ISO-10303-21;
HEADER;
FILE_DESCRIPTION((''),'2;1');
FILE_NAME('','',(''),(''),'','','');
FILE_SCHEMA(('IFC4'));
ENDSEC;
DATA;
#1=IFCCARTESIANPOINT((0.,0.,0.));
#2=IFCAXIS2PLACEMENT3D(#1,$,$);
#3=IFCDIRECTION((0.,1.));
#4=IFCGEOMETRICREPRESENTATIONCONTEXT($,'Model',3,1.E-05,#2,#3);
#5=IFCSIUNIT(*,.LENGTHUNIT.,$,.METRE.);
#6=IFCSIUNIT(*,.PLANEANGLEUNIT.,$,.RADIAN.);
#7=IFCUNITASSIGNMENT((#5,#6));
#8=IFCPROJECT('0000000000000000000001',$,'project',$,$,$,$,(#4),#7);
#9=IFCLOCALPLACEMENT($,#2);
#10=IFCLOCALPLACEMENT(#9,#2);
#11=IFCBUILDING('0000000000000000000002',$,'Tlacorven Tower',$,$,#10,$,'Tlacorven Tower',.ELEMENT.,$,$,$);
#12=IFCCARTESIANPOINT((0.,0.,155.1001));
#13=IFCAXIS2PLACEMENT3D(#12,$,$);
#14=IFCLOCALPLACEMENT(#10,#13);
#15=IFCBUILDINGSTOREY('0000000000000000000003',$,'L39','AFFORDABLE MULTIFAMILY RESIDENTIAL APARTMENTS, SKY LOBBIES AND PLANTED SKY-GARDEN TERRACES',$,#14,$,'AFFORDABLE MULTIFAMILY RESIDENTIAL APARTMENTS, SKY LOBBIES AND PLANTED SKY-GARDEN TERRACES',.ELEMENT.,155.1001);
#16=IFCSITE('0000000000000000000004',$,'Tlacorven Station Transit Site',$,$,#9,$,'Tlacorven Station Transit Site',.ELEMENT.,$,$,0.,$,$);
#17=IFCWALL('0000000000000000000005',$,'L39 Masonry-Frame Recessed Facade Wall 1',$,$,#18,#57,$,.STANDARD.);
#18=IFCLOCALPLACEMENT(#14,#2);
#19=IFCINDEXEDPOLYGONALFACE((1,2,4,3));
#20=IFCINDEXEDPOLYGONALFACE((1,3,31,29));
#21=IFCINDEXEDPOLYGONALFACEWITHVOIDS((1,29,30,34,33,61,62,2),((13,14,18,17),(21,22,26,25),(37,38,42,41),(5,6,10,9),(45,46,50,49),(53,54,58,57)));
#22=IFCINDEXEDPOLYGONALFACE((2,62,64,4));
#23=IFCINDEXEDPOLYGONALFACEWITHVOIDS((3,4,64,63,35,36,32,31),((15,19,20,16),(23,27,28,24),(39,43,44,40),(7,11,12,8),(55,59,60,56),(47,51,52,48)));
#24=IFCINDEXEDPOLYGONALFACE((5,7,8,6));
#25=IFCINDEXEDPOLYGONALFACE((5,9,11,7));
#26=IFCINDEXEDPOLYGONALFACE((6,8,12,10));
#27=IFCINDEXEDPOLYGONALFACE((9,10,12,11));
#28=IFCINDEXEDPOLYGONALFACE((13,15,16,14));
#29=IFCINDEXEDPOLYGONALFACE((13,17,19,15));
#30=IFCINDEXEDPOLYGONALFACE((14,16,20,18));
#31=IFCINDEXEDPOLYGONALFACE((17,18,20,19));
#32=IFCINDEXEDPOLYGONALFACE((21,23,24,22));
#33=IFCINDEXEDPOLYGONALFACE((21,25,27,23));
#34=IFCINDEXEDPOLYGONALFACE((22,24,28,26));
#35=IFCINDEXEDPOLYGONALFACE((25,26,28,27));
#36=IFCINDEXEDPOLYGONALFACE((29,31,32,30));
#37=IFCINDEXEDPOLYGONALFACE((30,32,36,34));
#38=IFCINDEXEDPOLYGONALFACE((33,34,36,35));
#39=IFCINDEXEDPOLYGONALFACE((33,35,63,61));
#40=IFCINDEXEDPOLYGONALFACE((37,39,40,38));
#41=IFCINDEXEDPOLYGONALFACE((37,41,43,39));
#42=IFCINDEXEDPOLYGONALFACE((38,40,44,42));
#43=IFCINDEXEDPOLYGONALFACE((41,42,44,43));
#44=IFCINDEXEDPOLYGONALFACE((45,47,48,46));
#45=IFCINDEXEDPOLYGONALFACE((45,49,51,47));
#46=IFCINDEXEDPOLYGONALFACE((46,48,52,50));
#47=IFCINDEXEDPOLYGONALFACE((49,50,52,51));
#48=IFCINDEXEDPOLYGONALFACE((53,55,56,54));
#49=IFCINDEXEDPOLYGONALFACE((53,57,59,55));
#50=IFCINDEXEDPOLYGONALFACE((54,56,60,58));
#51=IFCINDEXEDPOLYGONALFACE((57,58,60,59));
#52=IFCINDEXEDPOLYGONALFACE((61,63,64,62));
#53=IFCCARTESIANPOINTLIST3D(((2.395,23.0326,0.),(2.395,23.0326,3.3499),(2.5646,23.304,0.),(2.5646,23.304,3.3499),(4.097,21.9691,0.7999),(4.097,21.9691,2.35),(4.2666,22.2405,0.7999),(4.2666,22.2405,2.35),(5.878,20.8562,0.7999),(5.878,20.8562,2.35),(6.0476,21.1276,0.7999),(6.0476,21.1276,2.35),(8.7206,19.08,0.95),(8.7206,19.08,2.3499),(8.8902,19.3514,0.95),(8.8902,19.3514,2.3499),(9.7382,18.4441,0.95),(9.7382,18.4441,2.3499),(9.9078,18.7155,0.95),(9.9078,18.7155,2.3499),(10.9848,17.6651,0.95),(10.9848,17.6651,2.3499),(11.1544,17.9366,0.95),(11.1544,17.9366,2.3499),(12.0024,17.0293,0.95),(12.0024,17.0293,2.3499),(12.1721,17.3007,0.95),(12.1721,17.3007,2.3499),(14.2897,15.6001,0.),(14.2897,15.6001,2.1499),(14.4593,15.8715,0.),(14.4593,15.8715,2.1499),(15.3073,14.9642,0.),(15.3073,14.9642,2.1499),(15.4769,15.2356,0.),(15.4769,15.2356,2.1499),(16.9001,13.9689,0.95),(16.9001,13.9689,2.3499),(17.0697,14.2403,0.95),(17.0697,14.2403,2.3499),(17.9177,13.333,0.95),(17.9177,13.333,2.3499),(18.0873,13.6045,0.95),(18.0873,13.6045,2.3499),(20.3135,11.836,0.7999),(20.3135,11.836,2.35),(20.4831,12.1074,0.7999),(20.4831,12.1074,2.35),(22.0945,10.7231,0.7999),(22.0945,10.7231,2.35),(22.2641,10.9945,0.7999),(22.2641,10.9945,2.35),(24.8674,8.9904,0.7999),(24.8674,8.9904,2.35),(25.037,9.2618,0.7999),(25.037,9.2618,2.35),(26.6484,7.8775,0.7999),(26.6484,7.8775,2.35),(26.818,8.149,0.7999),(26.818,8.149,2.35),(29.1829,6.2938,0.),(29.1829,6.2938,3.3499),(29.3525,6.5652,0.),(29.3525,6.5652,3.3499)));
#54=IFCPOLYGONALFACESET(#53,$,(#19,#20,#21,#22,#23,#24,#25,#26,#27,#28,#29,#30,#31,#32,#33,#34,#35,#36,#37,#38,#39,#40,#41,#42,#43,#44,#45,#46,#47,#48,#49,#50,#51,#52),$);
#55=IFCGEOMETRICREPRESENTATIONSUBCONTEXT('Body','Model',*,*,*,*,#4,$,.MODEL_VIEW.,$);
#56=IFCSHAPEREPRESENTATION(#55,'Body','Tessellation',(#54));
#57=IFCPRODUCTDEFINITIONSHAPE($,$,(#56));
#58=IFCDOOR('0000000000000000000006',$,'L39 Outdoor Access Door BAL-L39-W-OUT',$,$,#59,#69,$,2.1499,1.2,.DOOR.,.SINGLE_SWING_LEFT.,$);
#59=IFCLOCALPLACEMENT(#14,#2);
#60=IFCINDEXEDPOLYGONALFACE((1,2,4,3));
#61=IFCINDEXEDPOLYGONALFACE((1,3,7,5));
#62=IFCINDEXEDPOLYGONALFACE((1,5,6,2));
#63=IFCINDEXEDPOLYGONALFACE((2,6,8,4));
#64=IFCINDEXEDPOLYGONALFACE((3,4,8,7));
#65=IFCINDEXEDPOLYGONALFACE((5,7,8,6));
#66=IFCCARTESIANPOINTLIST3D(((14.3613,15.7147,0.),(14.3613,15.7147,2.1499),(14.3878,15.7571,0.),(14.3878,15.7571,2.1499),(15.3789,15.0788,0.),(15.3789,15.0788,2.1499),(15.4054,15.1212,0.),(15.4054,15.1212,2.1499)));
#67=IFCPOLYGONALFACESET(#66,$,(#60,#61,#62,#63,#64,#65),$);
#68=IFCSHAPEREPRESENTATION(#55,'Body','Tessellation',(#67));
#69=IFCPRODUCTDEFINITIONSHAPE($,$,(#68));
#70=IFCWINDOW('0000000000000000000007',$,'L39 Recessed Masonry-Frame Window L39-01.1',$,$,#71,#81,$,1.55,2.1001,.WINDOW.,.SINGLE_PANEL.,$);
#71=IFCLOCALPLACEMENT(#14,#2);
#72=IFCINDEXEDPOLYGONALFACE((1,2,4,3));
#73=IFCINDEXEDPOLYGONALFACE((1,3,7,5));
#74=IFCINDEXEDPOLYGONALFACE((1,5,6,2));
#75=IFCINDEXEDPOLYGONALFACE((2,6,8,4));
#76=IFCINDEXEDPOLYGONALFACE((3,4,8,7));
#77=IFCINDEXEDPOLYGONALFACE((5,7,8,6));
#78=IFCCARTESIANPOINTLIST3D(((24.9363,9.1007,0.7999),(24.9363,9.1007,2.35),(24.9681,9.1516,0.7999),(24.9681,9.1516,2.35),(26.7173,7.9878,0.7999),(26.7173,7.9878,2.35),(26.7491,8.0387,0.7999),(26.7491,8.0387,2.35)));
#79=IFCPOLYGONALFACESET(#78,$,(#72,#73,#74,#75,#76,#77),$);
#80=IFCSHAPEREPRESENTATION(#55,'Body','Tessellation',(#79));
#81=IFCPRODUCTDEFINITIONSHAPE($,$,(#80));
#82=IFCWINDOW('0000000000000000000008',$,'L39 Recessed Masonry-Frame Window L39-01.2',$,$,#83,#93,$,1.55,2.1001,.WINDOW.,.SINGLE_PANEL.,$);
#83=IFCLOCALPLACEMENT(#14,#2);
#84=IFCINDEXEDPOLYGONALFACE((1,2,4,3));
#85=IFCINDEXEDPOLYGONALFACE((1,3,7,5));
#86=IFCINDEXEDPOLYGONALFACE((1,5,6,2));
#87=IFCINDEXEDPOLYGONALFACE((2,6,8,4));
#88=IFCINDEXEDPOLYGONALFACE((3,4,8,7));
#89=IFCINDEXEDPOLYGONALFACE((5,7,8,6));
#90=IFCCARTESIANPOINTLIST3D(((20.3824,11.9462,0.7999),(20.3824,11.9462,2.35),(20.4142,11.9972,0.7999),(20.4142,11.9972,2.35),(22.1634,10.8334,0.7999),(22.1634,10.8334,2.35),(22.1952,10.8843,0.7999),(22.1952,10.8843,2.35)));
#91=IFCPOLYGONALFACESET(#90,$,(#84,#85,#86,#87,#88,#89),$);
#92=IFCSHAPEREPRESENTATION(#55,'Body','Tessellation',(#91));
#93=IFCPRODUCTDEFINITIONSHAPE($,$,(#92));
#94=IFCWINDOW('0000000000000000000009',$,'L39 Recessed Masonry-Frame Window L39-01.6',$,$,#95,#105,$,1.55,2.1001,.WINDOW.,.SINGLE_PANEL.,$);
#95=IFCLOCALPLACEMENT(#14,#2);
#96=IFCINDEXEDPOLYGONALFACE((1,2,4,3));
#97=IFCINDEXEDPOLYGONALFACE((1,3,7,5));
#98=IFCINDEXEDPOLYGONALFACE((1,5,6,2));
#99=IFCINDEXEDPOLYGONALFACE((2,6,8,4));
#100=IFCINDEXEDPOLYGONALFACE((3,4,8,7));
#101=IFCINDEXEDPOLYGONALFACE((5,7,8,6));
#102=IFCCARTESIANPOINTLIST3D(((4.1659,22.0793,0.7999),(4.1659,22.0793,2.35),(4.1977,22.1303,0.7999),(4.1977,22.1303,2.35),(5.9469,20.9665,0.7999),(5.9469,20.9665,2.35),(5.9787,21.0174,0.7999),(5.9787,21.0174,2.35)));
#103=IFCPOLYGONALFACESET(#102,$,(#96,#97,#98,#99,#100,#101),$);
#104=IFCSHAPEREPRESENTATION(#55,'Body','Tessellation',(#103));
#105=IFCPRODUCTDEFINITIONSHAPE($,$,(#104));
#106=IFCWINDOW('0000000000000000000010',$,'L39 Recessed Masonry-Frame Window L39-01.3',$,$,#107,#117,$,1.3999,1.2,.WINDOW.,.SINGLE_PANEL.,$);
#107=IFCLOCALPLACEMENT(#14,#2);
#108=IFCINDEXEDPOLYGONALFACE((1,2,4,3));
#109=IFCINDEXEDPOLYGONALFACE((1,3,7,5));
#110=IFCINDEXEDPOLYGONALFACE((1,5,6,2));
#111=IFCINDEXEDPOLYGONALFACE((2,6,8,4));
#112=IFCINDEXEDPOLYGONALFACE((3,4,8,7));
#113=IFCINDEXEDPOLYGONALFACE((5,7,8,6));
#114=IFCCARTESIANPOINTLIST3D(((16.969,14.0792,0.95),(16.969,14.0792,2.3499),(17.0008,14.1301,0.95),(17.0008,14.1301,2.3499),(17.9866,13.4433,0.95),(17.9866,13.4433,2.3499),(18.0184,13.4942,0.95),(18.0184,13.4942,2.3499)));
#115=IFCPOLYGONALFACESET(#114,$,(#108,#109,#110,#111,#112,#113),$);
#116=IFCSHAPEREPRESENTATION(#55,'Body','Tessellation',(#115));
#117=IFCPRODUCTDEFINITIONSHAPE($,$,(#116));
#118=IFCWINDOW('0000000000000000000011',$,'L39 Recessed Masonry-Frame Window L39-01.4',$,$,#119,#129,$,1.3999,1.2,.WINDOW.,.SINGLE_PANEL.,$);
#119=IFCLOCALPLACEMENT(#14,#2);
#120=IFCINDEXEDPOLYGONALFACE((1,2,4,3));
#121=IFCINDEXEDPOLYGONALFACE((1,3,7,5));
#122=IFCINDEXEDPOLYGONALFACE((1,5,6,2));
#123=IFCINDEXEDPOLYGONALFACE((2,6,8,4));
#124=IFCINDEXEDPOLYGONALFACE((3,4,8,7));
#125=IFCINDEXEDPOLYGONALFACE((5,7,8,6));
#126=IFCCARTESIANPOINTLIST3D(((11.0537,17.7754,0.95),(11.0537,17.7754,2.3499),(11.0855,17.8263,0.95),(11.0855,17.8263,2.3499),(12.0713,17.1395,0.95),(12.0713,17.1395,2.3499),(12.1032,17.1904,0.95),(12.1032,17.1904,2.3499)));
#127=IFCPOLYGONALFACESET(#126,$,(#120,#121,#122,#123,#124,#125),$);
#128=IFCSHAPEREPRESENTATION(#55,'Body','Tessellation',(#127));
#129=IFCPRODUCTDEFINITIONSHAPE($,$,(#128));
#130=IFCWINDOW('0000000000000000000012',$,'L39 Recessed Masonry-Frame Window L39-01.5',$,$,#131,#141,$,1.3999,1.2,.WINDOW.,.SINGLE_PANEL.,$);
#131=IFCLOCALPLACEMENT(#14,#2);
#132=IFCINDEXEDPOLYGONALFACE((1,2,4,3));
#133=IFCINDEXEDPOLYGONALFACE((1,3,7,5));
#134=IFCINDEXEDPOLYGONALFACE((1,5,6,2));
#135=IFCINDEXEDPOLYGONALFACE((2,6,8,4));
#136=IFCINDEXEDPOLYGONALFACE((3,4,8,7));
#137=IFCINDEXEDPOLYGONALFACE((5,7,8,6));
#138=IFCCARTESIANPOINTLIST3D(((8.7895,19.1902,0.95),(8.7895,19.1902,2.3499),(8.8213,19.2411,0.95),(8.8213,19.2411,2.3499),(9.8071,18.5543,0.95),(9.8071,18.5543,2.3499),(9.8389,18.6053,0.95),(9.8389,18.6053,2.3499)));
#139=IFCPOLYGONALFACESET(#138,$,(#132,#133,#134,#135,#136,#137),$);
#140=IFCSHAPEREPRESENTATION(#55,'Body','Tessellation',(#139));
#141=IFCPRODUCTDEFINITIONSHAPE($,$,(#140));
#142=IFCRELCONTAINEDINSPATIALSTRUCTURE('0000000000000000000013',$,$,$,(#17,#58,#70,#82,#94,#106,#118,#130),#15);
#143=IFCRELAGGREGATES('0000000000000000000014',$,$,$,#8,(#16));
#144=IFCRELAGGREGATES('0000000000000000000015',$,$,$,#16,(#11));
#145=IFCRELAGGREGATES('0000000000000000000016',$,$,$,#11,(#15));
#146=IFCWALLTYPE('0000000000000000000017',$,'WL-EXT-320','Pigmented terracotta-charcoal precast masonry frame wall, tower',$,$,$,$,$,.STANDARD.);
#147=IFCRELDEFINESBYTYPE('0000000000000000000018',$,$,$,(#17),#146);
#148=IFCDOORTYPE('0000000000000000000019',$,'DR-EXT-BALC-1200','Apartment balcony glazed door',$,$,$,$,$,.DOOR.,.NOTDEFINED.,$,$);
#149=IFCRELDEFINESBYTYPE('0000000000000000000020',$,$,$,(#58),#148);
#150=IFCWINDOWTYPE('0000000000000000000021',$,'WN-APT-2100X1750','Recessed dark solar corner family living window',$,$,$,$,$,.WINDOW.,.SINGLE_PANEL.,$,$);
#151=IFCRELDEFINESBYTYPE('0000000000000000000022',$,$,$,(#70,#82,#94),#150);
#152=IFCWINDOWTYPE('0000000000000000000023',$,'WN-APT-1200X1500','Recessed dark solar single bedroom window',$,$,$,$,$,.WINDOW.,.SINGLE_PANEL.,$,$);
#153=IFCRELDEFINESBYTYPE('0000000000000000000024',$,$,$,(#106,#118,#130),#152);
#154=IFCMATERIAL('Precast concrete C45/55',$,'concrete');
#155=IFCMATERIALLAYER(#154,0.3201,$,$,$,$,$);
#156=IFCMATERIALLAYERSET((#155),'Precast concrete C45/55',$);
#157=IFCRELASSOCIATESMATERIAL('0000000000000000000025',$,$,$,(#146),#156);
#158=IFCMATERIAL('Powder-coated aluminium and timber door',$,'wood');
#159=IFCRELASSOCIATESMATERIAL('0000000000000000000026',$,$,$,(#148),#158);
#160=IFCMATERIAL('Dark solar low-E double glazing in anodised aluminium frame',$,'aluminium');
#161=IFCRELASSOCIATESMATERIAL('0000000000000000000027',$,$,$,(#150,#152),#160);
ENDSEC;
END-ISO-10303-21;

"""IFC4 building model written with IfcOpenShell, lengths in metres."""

from ifc_helpers import new_model, si_unit, direction, frame, frame_2d, origin, place, context, subcontext, project, spatial, rectangle, extrude, source, transform, mapped, material, layer, layer_set, type_object, element, fill, save


model = new_model("IFC4")

# Units and contexts
model_context = context("Model", 3, precision=1e-05, world=origin(), true_north=direction((0.0, 1.0)))
body_context = subcontext(model_context, "Body", "Model", "MODEL_VIEW")
ifc_project = project(units=[si_unit("LENGTHUNIT", "METRE"), si_unit("PLANEANGLEUNIT", "RADIAN")], contexts=[model_context])

# Site, building, storey
site_placement = place(None, origin())
site = spatial("IfcSite", under=ifc_project, at=site_placement, Name="Tlacorven Station Transit Site", LongName="Tlacorven Station Transit Site", CompositionType="ELEMENT", RefElevation=0.0)
building_placement = place(site_placement, origin())
building = spatial("IfcBuilding", under=site, at=building_placement, Name="Tlacorven Tower", LongName="Tlacorven Tower", CompositionType="ELEMENT")
storey_placement = place(building_placement, frame((0.0, 0.0, 155.1001)))
storey = spatial("IfcBuildingStorey", under=building, at=storey_placement, Name="L39", Description="AFFORDABLE MULTIFAMILY RESIDENTIAL APARTMENTS, SKY LOBBIES AND PLANTED SKY-GARDEN TERRACES", LongName="AFFORDABLE MULTIFAMILY RESIDENTIAL APARTMENTS, SKY LOBBIES AND PLANTED SKY-GARDEN TERRACES", CompositionType="ELEMENT", Elevation=155.1001)

# Wall, openings, door, windows
ifc_material_1 = material(Name="Precast concrete C45/55", Category="concrete")
ifc_layer_1 = layer(ifc_material_1, 0.3201)
ifc_layer_set_1 = layer_set([ifc_layer_1], Name="Precast concrete C45/55")
wall_type_1 = type_object("IfcWallType", Name="WL-EXT-320", Description="Pigmented terracotta-charcoal precast masonry frame wall, tower", PredefinedType="STANDARD", material=ifc_layer_set_1)
wall_1_placement = place(storey_placement, frame((29.2678, 6.4294, 0.0), z_axis=(0.0, 0.0, 1.0), x_axis=(-0.84805, 0.529916, 0.0)))
wall_1 = element("IfcWall", 1, at=wall_1_placement, inside=storey, type_object=wall_type_1, Name="L39 Masonry-Frame Recessed Facade Wall 1", PredefinedType="STANDARD", context=body_context, shape_type="SweptSolid", body=[
    extrude(rectangle(XDim=31.5876, YDim=0.3201, at=frame_2d((15.7939, 0.0))), origin(), (0.0, 0.0, 1.0), 3.3499),
])
opening_1_placement = place(wall_1_placement, frame((16.3618, 0.0, 0.0)))
opening_1 = element("IfcOpeningElement", 2, at=opening_1_placement, cuts=wall_1, PredefinedType="OPENING", context=body_context, shape_type="SweptSolid", body=[
    extrude(rectangle(XDim=1.2, YDim=2.1499, at=frame_2d((0.6001, 1.075))), frame((0.0, 0.1699, 0.0), z_axis=(0.0, -1.0, 0.0), x_axis=(1.0, 0.0, 0.0)), (0.0, 0.0, 1.0), 0.3401),
])
opening_2_placement = place(wall_1_placement, frame((2.9888, 0.0, 0.8)))
opening_2 = element("IfcOpeningElement", 3, at=opening_2_placement, cuts=wall_1, PredefinedType="OPENING", context=body_context, shape_type="SweptSolid", body=[
    extrude(rectangle(XDim=2.1001, YDim=1.55, at=frame_2d((1.05, 0.7749))), frame((0.0, 0.1699, 0.0), z_axis=(0.0, -1.0, 0.0), x_axis=(1.0, 0.0, 0.0)), (0.0, 0.0, 1.0), 0.3401),
])
opening_3_placement = place(wall_1_placement, frame((8.3586, 0.0, 0.8)))
opening_3 = element("IfcOpeningElement", 4, at=opening_3_placement, cuts=wall_1, PredefinedType="OPENING", context=body_context, shape_type="SweptSolid", body=[
    extrude(rectangle(XDim=2.1001, YDim=1.55, at=frame_2d((1.05, 0.7749))), frame((0.0, 0.1699, 0.0), z_axis=(0.0, -1.0, 0.0), x_axis=(1.0, 0.0, 0.0)), (0.0, 0.0, 1.0), 0.3401),
])
opening_4_placement = place(wall_1_placement, frame((13.2837, 0.0, 0.95)))
opening_4 = element("IfcOpeningElement", 5, at=opening_4_placement, cuts=wall_1, PredefinedType="OPENING", context=body_context, shape_type="SweptSolid", body=[
    extrude(rectangle(XDim=1.2, YDim=1.3999, at=frame_2d((0.6001, 0.7))), frame((0.0, 0.1699, 0.0), z_axis=(0.0, -1.0, 0.0), x_axis=(1.0, 0.0, 0.0)), (0.0, 0.0, 1.0), 0.3401),
])
opening_5_placement = place(wall_1_placement, frame((20.2588, 0.0, 0.95)))
opening_5 = element("IfcOpeningElement", 6, at=opening_5_placement, cuts=wall_1, PredefinedType="OPENING", context=body_context, shape_type="SweptSolid", body=[
    extrude(rectangle(XDim=1.2, YDim=1.3999, at=frame_2d((0.6001, 0.7))), frame((0.0, 0.1699, 0.0), z_axis=(0.0, -1.0, 0.0), x_axis=(1.0, 0.0, 0.0)), (0.0, 0.0, 1.0), 0.3401),
])
opening_6_placement = place(wall_1_placement, frame((22.9287, 0.0, 0.95)))
opening_6 = element("IfcOpeningElement", 7, at=opening_6_placement, cuts=wall_1, PredefinedType="OPENING", context=body_context, shape_type="SweptSolid", body=[
    extrude(rectangle(XDim=1.2, YDim=1.3999, at=frame_2d((0.6001, 0.7))), frame((0.0, 0.1699, 0.0), z_axis=(0.0, -1.0, 0.0), x_axis=(1.0, 0.0, 0.0)), (0.0, 0.0, 1.0), 0.3401),
])
opening_7_placement = place(wall_1_placement, frame((27.4807, 0.0, 0.8)))
opening_7 = element("IfcOpeningElement", 8, at=opening_7_placement, cuts=wall_1, PredefinedType="OPENING", context=body_context, shape_type="SweptSolid", body=[
    extrude(rectangle(XDim=2.1001, YDim=1.55, at=frame_2d((1.05, 0.7749))), frame((0.0, 0.1699, 0.0), z_axis=(0.0, -1.0, 0.0), x_axis=(1.0, 0.0, 0.0)), (0.0, 0.0, 1.0), 0.3401),
])
ifc_material_2 = material(Name="Powder-coated aluminium and timber door", Category="wood")
door_type_1 = type_object("IfcDoorType", Name="DR-EXT-BALC-1200", Description="Apartment balcony glazed door", OperationType="NOTDEFINED", PredefinedType="DOOR", material=ifc_material_2)
shared_shape_1 = source(origin(), body_context, "Body", "SweptSolid", [
    extrude(rectangle(XDim=1.2, YDim=2.1499, at=frame_2d((0.6001, 1.075))), frame((0.0, 0.0249, 0.0), z_axis=(0.0, -1.0, 0.0), x_axis=(1.0, 0.0, 0.0)), (0.0, 0.0, 1.0), 0.05),
])
door_1_placement = place(opening_1_placement, origin())
door_1 = element("IfcDoor", 9, at=door_1_placement, inside=storey, type_object=door_type_1, Name="L39 Outdoor Access Door BAL-L39-W-OUT", OperationType="SINGLE_SWING_LEFT", OverallHeight=2.1499, OverallWidth=1.2, PredefinedType="DOOR", context=body_context, shape_type="MappedRepresentation", body=[
    mapped(shared_shape_1, transform((0.0, 0.0, 0.0), scale=1.0)),
])
fill(opening_1, door_1)
ifc_material_3 = material(Name="Dark solar low-E double glazing in anodised aluminium frame", Category="aluminium")
window_type_1 = type_object("IfcWindowType", Name="WN-APT-2100X1750", Description="Recessed dark solar corner family living window", PartitioningType="SINGLE_PANEL", PredefinedType="WINDOW", material=ifc_material_3)
shared_shape_2 = source(origin(), body_context, "Body", "SweptSolid", [
    extrude(rectangle(XDim=2.1001, YDim=1.55, at=frame_2d((1.05, 0.7749))), frame((0.0, 0.03, 0.0), z_axis=(0.0, -1.0, 0.0), x_axis=(1.0, 0.0, 0.0)), (0.0, 0.0, 1.0), 0.0601),
])
window_1_placement = place(opening_2_placement, origin())
window_1 = element("IfcWindow", 10, at=window_1_placement, inside=storey, type_object=window_type_1, Name="L39 Recessed Masonry-Frame Window L39-01.1", OverallHeight=1.55, OverallWidth=2.1001, PartitioningType="SINGLE_PANEL", PredefinedType="WINDOW", context=body_context, shape_type="MappedRepresentation", body=[
    mapped(shared_shape_2, transform((0.0, 0.0, 0.0), scale=1.0)),
])
fill(opening_2, window_1)
window_2_placement = place(opening_3_placement, origin())
window_2 = element("IfcWindow", 11, at=window_2_placement, inside=storey, type_object=window_type_1, Name="L39 Recessed Masonry-Frame Window L39-01.2", OverallHeight=1.55, OverallWidth=2.1001, PartitioningType="SINGLE_PANEL", PredefinedType="WINDOW", context=body_context, shape_type="MappedRepresentation", body=[
    mapped(shared_shape_2, transform((0.0, 0.0, 0.0), scale=1.0)),
])
fill(opening_3, window_2)
window_3_placement = place(opening_7_placement, origin())
window_3 = element("IfcWindow", 12, at=window_3_placement, inside=storey, type_object=window_type_1, Name="L39 Recessed Masonry-Frame Window L39-01.6", OverallHeight=1.55, OverallWidth=2.1001, PartitioningType="SINGLE_PANEL", PredefinedType="WINDOW", context=body_context, shape_type="MappedRepresentation", body=[
    mapped(shared_shape_2, transform((0.0, 0.0, 0.0), scale=1.0)),
])
fill(opening_7, window_3)
window_type_2 = type_object("IfcWindowType", Name="WN-APT-1200X1500", Description="Recessed dark solar single bedroom window", PartitioningType="SINGLE_PANEL", PredefinedType="WINDOW", material=ifc_material_3)
shared_shape_3 = source(origin(), body_context, "Body", "SweptSolid", [
    extrude(rectangle(XDim=1.2, YDim=1.3999, at=frame_2d((0.6001, 0.7))), frame((0.0, 0.03, 0.0), z_axis=(0.0, -1.0, 0.0), x_axis=(1.0, 0.0, 0.0)), (0.0, 0.0, 1.0), 0.0601),
])
window_4_placement = place(opening_4_placement, origin())
window_4 = element("IfcWindow", 13, at=window_4_placement, inside=storey, type_object=window_type_2, Name="L39 Recessed Masonry-Frame Window L39-01.3", OverallHeight=1.3999, OverallWidth=1.2, PartitioningType="SINGLE_PANEL", PredefinedType="WINDOW", context=body_context, shape_type="MappedRepresentation", body=[
    mapped(shared_shape_3, transform((0.0, 0.0, 0.0), scale=1.0)),
])
fill(opening_4, window_4)
window_5_placement = place(opening_5_placement, origin())
window_5 = element("IfcWindow", 14, at=window_5_placement, inside=storey, type_object=window_type_2, Name="L39 Recessed Masonry-Frame Window L39-01.4", OverallHeight=1.3999, OverallWidth=1.2, PartitioningType="SINGLE_PANEL", PredefinedType="WINDOW", context=body_context, shape_type="MappedRepresentation", body=[
    mapped(shared_shape_3, transform((0.0, 0.0, 0.0), scale=1.0)),
])
fill(opening_5, window_5)
window_6_placement = place(opening_6_placement, origin())
window_6 = element("IfcWindow", 15, at=window_6_placement, inside=storey, type_object=window_type_2, Name="L39 Recessed Masonry-Frame Window L39-01.5", OverallHeight=1.3999, OverallWidth=1.2, PartitioningType="SINGLE_PANEL", PredefinedType="WINDOW", context=body_context, shape_type="MappedRepresentation", body=[
    mapped(shared_shape_3, transform((0.0, 0.0, 0.0), scale=1.0)),
])
fill(opening_6, window_6)

save(model, "model.ifc")
